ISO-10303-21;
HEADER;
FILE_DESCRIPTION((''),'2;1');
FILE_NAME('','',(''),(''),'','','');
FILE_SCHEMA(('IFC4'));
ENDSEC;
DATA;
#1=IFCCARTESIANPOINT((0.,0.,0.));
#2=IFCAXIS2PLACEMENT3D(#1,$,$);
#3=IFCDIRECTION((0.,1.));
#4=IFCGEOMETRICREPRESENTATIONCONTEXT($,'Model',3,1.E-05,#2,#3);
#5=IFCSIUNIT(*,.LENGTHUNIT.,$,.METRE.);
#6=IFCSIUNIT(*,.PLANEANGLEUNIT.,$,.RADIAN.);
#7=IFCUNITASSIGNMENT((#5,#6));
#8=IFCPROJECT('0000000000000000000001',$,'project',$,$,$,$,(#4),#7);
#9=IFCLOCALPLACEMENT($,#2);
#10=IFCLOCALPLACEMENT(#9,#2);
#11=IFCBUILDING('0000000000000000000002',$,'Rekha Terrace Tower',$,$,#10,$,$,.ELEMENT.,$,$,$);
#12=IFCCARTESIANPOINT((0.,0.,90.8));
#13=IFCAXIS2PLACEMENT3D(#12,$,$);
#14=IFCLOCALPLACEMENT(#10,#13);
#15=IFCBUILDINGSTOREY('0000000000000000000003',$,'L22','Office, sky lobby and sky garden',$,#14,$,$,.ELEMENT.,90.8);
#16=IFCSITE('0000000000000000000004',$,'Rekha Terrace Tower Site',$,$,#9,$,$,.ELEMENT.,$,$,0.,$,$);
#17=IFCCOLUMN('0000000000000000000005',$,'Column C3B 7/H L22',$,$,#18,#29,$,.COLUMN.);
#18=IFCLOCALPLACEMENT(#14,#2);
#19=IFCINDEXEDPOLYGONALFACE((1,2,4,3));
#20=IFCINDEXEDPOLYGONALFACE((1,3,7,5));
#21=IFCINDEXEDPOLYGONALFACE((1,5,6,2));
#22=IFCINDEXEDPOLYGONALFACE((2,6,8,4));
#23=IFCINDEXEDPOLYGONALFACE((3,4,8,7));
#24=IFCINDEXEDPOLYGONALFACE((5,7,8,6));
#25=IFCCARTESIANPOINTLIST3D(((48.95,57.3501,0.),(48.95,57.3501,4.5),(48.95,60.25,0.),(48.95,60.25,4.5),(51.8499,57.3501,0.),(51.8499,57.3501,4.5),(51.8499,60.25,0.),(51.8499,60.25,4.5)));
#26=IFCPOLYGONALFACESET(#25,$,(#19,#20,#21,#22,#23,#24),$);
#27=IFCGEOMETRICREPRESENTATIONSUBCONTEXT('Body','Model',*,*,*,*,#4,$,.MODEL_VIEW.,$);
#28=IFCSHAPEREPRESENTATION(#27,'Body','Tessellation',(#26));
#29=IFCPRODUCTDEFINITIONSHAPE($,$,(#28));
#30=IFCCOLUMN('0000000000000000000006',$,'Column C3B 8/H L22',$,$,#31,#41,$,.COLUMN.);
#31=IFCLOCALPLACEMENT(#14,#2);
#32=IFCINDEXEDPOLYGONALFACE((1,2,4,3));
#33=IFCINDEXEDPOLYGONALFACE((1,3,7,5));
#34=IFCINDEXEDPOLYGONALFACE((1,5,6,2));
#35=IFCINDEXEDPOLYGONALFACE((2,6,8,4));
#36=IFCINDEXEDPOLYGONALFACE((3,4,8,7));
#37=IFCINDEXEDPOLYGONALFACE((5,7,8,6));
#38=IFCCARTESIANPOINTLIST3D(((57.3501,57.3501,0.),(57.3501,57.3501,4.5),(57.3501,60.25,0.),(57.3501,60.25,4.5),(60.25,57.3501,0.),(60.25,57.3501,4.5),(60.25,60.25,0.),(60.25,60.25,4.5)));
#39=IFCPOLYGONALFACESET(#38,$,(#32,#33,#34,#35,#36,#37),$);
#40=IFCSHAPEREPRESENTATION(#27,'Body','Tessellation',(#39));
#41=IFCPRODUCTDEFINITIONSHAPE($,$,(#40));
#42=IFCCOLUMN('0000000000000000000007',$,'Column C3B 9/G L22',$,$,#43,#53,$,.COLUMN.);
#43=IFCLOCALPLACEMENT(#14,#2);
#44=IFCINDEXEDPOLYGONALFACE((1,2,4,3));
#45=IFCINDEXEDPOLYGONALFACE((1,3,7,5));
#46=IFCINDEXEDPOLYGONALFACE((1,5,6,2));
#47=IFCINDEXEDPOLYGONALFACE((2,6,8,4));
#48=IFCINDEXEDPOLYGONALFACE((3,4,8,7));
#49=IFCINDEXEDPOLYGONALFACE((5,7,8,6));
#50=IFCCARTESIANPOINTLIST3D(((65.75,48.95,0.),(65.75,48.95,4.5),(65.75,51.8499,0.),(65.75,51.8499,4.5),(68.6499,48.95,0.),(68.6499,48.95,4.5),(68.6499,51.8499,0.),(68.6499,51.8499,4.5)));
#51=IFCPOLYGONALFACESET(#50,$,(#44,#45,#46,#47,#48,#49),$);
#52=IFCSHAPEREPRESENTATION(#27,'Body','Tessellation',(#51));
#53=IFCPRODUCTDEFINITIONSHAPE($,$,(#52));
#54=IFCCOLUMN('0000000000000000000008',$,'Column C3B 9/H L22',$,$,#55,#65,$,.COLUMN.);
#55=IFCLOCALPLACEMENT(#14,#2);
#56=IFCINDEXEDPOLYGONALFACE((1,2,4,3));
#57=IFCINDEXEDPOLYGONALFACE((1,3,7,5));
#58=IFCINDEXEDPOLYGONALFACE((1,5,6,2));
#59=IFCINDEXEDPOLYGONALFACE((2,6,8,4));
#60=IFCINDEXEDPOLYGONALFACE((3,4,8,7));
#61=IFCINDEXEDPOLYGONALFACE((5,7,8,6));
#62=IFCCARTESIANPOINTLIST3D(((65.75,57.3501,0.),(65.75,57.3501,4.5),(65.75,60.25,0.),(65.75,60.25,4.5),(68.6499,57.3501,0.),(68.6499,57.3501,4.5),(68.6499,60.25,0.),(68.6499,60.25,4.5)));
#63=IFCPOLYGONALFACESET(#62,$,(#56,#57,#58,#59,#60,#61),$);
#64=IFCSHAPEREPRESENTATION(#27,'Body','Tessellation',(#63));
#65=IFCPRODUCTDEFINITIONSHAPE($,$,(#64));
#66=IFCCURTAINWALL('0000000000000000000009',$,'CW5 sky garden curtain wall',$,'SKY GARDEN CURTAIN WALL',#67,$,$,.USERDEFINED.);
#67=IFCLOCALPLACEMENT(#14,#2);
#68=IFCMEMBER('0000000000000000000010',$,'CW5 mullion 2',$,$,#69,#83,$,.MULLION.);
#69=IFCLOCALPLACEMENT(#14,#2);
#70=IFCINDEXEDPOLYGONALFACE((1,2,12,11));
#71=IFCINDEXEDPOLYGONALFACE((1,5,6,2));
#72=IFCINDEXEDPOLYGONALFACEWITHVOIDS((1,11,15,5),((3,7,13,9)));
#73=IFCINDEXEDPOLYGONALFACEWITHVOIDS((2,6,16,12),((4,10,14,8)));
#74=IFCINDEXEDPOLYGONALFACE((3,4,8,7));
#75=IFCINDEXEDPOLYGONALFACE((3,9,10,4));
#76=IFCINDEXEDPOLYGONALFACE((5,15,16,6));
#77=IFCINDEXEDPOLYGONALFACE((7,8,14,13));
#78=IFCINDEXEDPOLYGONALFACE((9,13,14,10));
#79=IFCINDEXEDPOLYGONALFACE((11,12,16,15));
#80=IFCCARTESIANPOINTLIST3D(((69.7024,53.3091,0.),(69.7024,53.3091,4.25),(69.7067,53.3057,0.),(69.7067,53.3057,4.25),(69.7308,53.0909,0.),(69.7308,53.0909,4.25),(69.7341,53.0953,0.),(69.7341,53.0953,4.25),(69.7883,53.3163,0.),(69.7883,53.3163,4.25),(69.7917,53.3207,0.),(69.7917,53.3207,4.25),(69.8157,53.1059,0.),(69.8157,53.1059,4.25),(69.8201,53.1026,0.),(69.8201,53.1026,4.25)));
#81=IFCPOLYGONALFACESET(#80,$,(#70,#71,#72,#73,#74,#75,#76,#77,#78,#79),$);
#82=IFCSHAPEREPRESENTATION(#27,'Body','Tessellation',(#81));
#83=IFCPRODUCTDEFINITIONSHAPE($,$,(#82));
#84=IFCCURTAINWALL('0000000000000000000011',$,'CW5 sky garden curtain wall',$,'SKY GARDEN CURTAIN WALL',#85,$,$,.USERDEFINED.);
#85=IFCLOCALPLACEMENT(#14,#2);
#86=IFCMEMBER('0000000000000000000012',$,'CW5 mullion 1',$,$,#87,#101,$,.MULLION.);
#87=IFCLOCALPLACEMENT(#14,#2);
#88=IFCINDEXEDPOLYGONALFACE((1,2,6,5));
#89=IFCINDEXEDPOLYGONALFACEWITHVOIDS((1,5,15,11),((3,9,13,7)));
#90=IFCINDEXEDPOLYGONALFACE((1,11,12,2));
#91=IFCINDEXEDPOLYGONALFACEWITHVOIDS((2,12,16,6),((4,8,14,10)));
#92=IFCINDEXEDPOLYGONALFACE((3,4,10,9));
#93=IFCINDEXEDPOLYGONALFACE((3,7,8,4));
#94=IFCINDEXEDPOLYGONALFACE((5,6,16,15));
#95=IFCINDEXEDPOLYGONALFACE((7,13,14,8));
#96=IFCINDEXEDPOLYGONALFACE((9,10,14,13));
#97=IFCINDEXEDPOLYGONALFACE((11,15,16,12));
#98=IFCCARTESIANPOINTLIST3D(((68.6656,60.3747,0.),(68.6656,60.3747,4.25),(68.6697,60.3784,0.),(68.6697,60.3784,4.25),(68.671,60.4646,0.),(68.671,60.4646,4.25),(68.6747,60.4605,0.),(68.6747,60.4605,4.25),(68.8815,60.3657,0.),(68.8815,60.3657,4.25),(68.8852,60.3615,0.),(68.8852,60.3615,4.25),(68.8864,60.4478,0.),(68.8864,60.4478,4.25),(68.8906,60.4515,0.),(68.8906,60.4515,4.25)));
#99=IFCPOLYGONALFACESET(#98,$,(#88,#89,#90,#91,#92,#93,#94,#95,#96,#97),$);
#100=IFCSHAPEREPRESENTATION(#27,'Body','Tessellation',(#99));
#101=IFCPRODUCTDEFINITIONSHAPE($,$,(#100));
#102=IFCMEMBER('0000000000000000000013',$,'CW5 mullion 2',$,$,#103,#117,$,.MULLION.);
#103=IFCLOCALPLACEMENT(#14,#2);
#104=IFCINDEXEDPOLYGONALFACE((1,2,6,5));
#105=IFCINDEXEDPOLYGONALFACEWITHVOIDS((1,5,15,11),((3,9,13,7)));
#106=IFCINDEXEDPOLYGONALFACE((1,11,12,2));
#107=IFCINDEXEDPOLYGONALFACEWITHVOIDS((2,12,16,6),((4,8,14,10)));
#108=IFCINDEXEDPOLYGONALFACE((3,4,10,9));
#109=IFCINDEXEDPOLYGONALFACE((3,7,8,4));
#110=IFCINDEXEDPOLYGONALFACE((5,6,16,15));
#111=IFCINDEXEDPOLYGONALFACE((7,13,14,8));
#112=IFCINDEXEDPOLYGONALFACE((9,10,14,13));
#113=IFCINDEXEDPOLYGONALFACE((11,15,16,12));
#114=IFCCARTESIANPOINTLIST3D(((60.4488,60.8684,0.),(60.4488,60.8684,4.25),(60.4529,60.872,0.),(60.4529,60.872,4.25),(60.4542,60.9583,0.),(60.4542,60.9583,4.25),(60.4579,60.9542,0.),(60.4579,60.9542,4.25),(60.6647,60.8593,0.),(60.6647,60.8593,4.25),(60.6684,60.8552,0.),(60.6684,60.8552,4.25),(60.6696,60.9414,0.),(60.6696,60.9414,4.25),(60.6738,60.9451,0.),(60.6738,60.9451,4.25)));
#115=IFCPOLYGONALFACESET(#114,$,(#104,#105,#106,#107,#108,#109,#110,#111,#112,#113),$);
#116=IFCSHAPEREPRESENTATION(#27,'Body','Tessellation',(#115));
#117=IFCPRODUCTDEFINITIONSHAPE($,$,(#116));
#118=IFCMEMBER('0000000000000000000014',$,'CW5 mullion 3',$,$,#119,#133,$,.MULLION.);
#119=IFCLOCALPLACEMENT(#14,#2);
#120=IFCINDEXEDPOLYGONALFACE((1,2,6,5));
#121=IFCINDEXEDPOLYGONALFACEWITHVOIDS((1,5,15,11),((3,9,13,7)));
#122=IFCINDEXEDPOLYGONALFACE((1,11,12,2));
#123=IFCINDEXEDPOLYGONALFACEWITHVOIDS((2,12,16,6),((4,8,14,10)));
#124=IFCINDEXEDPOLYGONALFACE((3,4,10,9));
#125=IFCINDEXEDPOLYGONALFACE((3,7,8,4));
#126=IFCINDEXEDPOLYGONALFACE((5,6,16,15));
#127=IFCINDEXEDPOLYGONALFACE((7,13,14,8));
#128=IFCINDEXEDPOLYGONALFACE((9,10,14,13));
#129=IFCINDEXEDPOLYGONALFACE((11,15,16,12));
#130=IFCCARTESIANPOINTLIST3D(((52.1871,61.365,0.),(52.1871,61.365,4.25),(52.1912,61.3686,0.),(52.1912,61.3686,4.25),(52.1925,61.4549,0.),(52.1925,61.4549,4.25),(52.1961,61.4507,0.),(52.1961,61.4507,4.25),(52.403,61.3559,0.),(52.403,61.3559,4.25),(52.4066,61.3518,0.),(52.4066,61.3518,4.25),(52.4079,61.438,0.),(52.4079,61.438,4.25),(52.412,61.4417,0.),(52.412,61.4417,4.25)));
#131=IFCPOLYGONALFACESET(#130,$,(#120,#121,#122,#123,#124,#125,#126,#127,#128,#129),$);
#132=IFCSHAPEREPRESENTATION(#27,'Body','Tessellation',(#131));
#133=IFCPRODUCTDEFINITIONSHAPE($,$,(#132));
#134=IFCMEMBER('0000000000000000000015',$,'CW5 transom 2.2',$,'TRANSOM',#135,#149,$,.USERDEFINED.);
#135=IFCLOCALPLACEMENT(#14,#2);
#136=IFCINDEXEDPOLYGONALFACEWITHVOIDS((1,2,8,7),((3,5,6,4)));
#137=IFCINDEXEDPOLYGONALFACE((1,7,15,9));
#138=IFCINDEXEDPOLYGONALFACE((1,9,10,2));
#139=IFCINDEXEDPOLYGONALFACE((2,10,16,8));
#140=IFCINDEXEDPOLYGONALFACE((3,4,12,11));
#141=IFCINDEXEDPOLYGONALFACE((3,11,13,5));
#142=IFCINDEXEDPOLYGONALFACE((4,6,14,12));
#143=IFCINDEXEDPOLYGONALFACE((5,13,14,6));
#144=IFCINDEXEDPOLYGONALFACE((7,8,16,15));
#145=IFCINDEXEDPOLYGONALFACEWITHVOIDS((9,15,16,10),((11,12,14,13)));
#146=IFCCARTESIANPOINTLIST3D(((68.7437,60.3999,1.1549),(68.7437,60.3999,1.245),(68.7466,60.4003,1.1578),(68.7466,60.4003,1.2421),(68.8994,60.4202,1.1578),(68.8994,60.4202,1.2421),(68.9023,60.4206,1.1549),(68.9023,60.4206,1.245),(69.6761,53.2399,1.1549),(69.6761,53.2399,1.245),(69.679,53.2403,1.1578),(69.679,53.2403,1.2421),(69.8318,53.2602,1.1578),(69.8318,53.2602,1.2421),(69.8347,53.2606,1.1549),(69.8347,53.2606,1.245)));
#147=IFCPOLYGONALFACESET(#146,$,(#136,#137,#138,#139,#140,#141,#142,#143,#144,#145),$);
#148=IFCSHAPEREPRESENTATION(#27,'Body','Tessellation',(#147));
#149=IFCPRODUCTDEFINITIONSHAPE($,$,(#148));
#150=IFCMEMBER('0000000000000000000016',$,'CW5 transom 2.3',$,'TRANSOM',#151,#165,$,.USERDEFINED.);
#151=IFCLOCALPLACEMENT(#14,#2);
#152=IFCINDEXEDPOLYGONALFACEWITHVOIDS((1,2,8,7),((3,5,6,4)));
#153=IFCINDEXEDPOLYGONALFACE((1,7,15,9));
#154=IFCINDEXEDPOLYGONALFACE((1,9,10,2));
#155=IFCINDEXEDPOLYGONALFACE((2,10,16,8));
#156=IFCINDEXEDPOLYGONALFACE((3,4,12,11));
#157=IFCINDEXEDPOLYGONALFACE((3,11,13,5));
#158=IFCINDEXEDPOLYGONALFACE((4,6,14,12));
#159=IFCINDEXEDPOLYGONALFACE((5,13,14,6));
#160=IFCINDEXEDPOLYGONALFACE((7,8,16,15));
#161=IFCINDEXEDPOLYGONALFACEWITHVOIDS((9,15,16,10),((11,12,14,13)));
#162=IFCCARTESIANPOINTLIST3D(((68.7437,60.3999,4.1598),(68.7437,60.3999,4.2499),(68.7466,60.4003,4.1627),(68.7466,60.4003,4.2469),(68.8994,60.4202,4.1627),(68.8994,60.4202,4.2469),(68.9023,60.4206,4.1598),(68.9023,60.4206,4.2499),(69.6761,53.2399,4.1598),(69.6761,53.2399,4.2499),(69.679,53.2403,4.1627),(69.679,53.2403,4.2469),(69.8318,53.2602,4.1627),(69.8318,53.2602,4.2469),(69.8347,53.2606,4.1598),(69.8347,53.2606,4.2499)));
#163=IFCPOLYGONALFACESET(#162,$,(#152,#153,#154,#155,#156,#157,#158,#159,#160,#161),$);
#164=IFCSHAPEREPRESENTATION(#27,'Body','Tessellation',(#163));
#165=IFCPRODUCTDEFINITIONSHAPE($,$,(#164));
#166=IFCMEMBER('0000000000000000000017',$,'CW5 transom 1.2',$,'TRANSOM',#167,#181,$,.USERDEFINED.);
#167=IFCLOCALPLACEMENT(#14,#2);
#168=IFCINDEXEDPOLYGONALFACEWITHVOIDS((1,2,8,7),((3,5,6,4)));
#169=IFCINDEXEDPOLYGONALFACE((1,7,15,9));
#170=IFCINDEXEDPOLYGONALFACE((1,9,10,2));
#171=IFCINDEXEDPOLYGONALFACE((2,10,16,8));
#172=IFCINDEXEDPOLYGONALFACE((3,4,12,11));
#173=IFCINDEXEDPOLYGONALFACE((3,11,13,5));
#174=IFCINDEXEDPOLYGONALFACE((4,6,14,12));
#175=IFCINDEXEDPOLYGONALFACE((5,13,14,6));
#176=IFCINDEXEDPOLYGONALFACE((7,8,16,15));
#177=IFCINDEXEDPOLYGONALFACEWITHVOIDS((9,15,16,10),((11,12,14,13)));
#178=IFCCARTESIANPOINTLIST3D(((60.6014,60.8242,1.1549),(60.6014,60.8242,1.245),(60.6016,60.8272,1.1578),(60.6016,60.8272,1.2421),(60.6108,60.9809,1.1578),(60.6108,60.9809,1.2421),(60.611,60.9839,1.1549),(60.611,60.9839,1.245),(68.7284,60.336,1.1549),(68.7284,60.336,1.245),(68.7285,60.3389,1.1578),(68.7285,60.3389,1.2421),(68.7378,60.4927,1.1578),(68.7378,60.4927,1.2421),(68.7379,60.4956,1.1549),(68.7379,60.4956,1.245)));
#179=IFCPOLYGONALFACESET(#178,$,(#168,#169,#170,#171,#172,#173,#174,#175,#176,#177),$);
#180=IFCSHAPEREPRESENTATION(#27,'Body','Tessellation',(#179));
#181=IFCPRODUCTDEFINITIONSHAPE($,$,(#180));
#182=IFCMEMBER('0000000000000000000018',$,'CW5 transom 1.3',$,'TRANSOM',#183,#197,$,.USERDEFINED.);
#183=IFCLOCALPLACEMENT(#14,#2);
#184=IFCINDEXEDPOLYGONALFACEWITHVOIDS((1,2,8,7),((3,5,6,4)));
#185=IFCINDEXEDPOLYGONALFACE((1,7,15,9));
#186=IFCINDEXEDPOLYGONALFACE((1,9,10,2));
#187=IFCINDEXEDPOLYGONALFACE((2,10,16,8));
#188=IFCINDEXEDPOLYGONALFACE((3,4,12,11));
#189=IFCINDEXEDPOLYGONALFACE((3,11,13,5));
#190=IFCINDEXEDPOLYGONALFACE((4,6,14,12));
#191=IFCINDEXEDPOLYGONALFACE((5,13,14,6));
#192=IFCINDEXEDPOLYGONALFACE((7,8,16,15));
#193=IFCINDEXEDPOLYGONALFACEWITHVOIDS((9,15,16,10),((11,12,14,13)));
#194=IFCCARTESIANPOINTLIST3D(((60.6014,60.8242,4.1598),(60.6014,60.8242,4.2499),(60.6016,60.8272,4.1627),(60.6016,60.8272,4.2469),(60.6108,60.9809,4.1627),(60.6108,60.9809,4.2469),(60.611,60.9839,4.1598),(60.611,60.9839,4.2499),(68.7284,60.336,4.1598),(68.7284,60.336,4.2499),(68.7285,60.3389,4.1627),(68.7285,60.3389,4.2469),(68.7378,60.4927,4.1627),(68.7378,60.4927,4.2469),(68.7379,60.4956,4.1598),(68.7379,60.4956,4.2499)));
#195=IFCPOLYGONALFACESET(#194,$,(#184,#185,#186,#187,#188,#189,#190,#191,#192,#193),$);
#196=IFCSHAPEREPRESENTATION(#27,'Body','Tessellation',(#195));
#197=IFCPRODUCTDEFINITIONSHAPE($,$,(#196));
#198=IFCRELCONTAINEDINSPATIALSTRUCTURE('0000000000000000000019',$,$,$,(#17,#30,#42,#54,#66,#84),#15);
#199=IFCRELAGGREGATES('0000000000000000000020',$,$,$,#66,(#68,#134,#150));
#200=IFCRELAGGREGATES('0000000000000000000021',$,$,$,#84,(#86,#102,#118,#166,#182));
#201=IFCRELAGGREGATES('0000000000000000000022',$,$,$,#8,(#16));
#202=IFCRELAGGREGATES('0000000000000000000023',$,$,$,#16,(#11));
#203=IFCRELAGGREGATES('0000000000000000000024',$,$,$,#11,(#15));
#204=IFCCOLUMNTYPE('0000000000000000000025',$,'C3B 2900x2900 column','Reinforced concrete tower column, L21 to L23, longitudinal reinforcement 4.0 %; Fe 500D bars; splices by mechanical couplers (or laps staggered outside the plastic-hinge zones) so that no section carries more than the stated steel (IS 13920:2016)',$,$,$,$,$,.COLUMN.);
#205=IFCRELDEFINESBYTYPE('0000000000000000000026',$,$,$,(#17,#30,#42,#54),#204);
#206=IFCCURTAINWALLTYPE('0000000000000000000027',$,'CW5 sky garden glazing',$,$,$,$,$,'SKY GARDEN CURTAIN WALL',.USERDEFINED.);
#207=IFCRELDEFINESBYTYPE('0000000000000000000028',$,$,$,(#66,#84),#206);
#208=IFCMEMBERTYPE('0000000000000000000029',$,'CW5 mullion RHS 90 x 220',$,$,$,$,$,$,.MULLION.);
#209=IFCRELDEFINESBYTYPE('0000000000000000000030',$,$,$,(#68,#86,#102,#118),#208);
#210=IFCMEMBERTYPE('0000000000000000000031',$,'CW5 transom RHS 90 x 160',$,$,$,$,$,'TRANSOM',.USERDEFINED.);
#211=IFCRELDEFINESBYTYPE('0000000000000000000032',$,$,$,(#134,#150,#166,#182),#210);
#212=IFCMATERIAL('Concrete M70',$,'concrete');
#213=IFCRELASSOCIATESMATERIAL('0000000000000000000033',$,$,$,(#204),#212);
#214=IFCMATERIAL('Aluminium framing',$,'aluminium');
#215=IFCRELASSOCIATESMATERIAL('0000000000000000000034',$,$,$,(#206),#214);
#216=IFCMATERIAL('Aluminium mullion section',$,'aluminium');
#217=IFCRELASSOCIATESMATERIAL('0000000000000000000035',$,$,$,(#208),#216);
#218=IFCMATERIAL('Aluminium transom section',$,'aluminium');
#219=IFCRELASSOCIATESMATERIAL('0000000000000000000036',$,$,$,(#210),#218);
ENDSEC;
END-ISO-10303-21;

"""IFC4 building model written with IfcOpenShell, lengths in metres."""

from ifc_helpers import new_model, si_unit, direction, frame, origin, origin_2d, place, context, subcontext, project, spatial, rectangle, hollow_rectangle, extrude, material, material_profile, profile_set, type_object, element, aggregate, save


model = new_model("IFC4")

# Units and contexts
model_context = context("Model", 3, precision=1e-05, world=origin(), true_north=direction((0.0, 1.0)))
body_context = subcontext(model_context, "Body", "Model", "MODEL_VIEW")
ifc_project = project(units=[si_unit("LENGTHUNIT", "METRE"), si_unit("PLANEANGLEUNIT", "RADIAN")], contexts=[model_context])

# Site, building, storey
site_placement = place(None, origin())
site = spatial("IfcSite", under=ifc_project, at=site_placement, Name="Rekha Terrace Tower Site", CompositionType="ELEMENT", RefElevation=0.0)
building_placement = place(site_placement, origin())
building = spatial("IfcBuilding", under=site, at=building_placement, Name="Rekha Terrace Tower", CompositionType="ELEMENT")
storey_placement = place(building_placement, frame((0.0, 0.0, 90.8)))
storey = spatial("IfcBuildingStorey", under=building, at=storey_placement, Name="L22", Description="Office, sky lobby and sky garden", CompositionType="ELEMENT", Elevation=90.8)

# Columns
ifc_material_1 = material(Name="Concrete M70", Category="concrete")
ifc_material_profile_1 = material_profile(ifc_material_1, rectangle(XDim=2.8999, YDim=2.8999, at=origin_2d()), Name="RC 2900x2900")
ifc_profile_set_1 = profile_set([ifc_material_profile_1], Name="Concrete M70")
column_type = type_object("IfcColumnType", Name="C3B 2900x2900 column", Description="Reinforced concrete tower column, L21 to L23, longitudinal reinforcement 4.0 %; Fe 500D bars; splices by mechanical couplers (or laps staggered outside the plastic-hinge zones) so that no section carries more than the stated steel (IS 13920:2016)", PredefinedType="COLUMN", material=ifc_profile_set_1)
for number, where, z_axis, x_axis, name in (
    (1, (50.3999, 58.8, 0.0), (0.0, 0.0, 1.0), (1.0, 0.0, 0.0), "Column C3B 7/H L22"),
    (2, (58.8, 58.8, 0.0), (0.0, 0.0, 1.0), (1.0, 0.0, 0.0), "Column C3B 8/H L22"),
    (3, (67.2, 50.3999, 0.0), (0.0, 0.0, 1.0), (1.0, 0.0, 0.0), "Column C3B 9/G L22"),
    (4, (67.2, 58.8, 0.0), (0.0, 0.0, 1.0), (1.0, 0.0, 0.0), "Column C3B 9/H L22"),
):
    element("IfcColumn", number, at=place(storey_placement, frame(where, z_axis=z_axis, x_axis=x_axis)), inside=storey, type_object=column_type, Name=name, PredefinedType="COLUMN", context=body_context, shape_type="SweptSolid", body=[
        extrude(rectangle(XDim=2.8999, YDim=2.8999, at=origin_2d()), origin(), (0.0, 0.0, 1.0), 4.5),
    ])

# Curtain wall, member
ifc_material_2 = material(Name="Aluminium framing", Category="aluminium")
curtain_wall_type = type_object("IfcCurtainWallType", Name="CW5 sky garden glazing", ElementType="SKY GARDEN CURTAIN WALL", PredefinedType="USERDEFINED", material=ifc_material_2)
curtain_wall_1_placement = place(storey_placement, origin())
curtain_wall_1 = element("IfcCurtainWall", 5, at=curtain_wall_1_placement, inside=storey, type_object=curtain_wall_type, Name="CW5 sky garden curtain wall", ObjectType="SKY GARDEN CURTAIN WALL", PredefinedType="USERDEFINED")
ifc_material_3 = material(Name="Aluminium mullion section", Category="aluminium")
ifc_material_profile_2 = material_profile(ifc_material_3, hollow_rectangle(XDim=0.0901, YDim=0.22, WallThickness=0.0039, at=origin_2d()), Name="AL RHS 90x220")
ifc_profile_set_2 = profile_set([ifc_material_profile_2], Name="Aluminium mullion section")
member_type_1 = type_object("IfcMemberType", Name="CW5 mullion RHS 90 x 220", PredefinedType="MULLION", material=ifc_profile_set_2)
member_1_placement = place(storey_placement, frame((69.7612, 53.2058, 0.0), z_axis=(0.0, 0.0, 1.0), x_axis=(-0.991629, -0.129118, 0.0)))
member_1 = element("IfcMember", 6, at=member_1_placement, type_object=member_type_1, Name="CW5 mullion 2", PredefinedType="MULLION", context=body_context, shape_type="SweptSolid", body=[
    extrude(hollow_rectangle(XDim=0.0901, YDim=0.22, WallThickness=0.0039, at=origin_2d()), origin(), (0.0, 0.0, 1.0), 4.25),
])

# Curtain wall, members
curtain_wall_2_placement = place(storey_placement, origin())
curtain_wall_2 = element("IfcCurtainWall", 7, at=curtain_wall_2_placement, inside=storey, type_object=curtain_wall_type, Name="CW5 sky garden curtain wall", ObjectType="SKY GARDEN CURTAIN WALL", PredefinedType="USERDEFINED")
member_2_placement = place(storey_placement, frame((68.7781, 60.4131, 0.0), z_axis=(0.0, 0.0, 1.0), x_axis=(-0.059988, -0.998199, 0.0)))
member_2 = element("IfcMember", 8, at=member_2_placement, type_object=member_type_1, Name="CW5 mullion 1", PredefinedType="MULLION", context=body_context, shape_type="SweptSolid", body=[
    extrude(hollow_rectangle(XDim=0.0901, YDim=0.22, WallThickness=0.0039, at=origin_2d()), origin(), (0.0, 0.0, 1.0), 4.25),
])
member_3_placement = place(storey_placement, frame((60.5613, 60.9067, 0.0), z_axis=(0.0, 0.0, 1.0), x_axis=(-0.059988, -0.998199, 0.0)))
member_3 = element("IfcMember", 9, at=member_3_placement, type_object=member_type_1, Name="CW5 mullion 2", PredefinedType="MULLION", context=body_context, shape_type="SweptSolid", body=[
    extrude(hollow_rectangle(XDim=0.0901, YDim=0.22, WallThickness=0.0039, at=origin_2d()), origin(), (0.0, 0.0, 1.0), 4.25),
])
member_4_placement = place(storey_placement, frame((52.2996, 61.4033, 0.0), z_axis=(0.0, 0.0, 1.0), x_axis=(-0.059988, -0.998199, 0.0)))
member_4 = element("IfcMember", 10, at=member_4_placement, type_object=member_type_1, Name="CW5 mullion 3", PredefinedType="MULLION", context=body_context, shape_type="SweptSolid", body=[
    extrude(hollow_rectangle(XDim=0.0901, YDim=0.22, WallThickness=0.0039, at=origin_2d()), origin(), (0.0, 0.0, 1.0), 4.25),
])

# Members
ifc_material_4 = material(Name="Aluminium transom section", Category="aluminium")
ifc_material_profile_3 = material_profile(ifc_material_4, hollow_rectangle(XDim=0.1599, YDim=0.0901, WallThickness=0.0029, at=origin_2d()), Name="AL RHS 160x90")
ifc_profile_set_3 = profile_set([ifc_material_profile_3], Name="Aluminium transom section")
member_type_2 = type_object("IfcMemberType", Name="CW5 transom RHS 90 x 160", ElementType="TRANSOM", PredefinedType="USERDEFINED", material=ifc_profile_set_3)
member_5_placement = place(storey_placement, frame((69.7554, 53.2502, 1.2), z_axis=(-0.129131, 0.991628, 0.0), x_axis=(-0.991628, -0.129131, 0.0)))
member_5 = element("IfcMember", 11, at=member_5_placement, type_object=member_type_2, Name="CW5 transom 2.2", ObjectType="TRANSOM", PredefinedType="USERDEFINED", context=body_context, shape_type="SweptSolid", body=[
    extrude(hollow_rectangle(XDim=0.1599, YDim=0.0901, WallThickness=0.0029, at=origin_2d()), origin(), (0.0, 0.0, 1.0), 7.2205),
])
member_6_placement = place(storey_placement, frame((69.7554, 53.2502, 4.2048), z_axis=(-0.129131, 0.991628, 0.0), x_axis=(-0.991628, -0.129131, 0.0)))
member_6 = element("IfcMember", 12, at=member_6_placement, type_object=member_type_2, Name="CW5 transom 2.3", ObjectType="TRANSOM", PredefinedType="USERDEFINED", context=body_context, shape_type="SweptSolid", body=[
    extrude(hollow_rectangle(XDim=0.1599, YDim=0.0901, WallThickness=0.0029, at=origin_2d()), origin(), (0.0, 0.0, 1.0), 7.2205),
])
member_7_placement = place(storey_placement, frame((68.7332, 60.4158, 1.2), z_axis=(-0.9982, 0.059974, 0.0), x_axis=(-0.059974, -0.9982, 0.0)))
member_7 = element("IfcMember", 13, at=member_7_placement, type_object=member_type_2, Name="CW5 transom 1.2", ObjectType="TRANSOM", PredefinedType="USERDEFINED", context=body_context, shape_type="SweptSolid", body=[
    extrude(hollow_rectangle(XDim=0.1599, YDim=0.0901, WallThickness=0.0029, at=origin_2d()), origin(), (0.0, 0.0, 1.0), 8.1416),
])
member_8_placement = place(storey_placement, frame((68.7332, 60.4158, 4.2048), z_axis=(-0.9982, 0.059974, 0.0), x_axis=(-0.059974, -0.9982, 0.0)))
member_8 = element("IfcMember", 14, at=member_8_placement, type_object=member_type_2, Name="CW5 transom 1.3", ObjectType="TRANSOM", PredefinedType="USERDEFINED", context=body_context, shape_type="SweptSolid", body=[
    extrude(hollow_rectangle(XDim=0.1599, YDim=0.0901, WallThickness=0.0029, at=origin_2d()), origin(), (0.0, 0.0, 1.0), 8.1416),
])

aggregate(curtain_wall_1, [member_1, member_5, member_6])
aggregate(curtain_wall_2, [member_2, member_3, member_4, member_7, member_8])

save(model, "model.ifc")
